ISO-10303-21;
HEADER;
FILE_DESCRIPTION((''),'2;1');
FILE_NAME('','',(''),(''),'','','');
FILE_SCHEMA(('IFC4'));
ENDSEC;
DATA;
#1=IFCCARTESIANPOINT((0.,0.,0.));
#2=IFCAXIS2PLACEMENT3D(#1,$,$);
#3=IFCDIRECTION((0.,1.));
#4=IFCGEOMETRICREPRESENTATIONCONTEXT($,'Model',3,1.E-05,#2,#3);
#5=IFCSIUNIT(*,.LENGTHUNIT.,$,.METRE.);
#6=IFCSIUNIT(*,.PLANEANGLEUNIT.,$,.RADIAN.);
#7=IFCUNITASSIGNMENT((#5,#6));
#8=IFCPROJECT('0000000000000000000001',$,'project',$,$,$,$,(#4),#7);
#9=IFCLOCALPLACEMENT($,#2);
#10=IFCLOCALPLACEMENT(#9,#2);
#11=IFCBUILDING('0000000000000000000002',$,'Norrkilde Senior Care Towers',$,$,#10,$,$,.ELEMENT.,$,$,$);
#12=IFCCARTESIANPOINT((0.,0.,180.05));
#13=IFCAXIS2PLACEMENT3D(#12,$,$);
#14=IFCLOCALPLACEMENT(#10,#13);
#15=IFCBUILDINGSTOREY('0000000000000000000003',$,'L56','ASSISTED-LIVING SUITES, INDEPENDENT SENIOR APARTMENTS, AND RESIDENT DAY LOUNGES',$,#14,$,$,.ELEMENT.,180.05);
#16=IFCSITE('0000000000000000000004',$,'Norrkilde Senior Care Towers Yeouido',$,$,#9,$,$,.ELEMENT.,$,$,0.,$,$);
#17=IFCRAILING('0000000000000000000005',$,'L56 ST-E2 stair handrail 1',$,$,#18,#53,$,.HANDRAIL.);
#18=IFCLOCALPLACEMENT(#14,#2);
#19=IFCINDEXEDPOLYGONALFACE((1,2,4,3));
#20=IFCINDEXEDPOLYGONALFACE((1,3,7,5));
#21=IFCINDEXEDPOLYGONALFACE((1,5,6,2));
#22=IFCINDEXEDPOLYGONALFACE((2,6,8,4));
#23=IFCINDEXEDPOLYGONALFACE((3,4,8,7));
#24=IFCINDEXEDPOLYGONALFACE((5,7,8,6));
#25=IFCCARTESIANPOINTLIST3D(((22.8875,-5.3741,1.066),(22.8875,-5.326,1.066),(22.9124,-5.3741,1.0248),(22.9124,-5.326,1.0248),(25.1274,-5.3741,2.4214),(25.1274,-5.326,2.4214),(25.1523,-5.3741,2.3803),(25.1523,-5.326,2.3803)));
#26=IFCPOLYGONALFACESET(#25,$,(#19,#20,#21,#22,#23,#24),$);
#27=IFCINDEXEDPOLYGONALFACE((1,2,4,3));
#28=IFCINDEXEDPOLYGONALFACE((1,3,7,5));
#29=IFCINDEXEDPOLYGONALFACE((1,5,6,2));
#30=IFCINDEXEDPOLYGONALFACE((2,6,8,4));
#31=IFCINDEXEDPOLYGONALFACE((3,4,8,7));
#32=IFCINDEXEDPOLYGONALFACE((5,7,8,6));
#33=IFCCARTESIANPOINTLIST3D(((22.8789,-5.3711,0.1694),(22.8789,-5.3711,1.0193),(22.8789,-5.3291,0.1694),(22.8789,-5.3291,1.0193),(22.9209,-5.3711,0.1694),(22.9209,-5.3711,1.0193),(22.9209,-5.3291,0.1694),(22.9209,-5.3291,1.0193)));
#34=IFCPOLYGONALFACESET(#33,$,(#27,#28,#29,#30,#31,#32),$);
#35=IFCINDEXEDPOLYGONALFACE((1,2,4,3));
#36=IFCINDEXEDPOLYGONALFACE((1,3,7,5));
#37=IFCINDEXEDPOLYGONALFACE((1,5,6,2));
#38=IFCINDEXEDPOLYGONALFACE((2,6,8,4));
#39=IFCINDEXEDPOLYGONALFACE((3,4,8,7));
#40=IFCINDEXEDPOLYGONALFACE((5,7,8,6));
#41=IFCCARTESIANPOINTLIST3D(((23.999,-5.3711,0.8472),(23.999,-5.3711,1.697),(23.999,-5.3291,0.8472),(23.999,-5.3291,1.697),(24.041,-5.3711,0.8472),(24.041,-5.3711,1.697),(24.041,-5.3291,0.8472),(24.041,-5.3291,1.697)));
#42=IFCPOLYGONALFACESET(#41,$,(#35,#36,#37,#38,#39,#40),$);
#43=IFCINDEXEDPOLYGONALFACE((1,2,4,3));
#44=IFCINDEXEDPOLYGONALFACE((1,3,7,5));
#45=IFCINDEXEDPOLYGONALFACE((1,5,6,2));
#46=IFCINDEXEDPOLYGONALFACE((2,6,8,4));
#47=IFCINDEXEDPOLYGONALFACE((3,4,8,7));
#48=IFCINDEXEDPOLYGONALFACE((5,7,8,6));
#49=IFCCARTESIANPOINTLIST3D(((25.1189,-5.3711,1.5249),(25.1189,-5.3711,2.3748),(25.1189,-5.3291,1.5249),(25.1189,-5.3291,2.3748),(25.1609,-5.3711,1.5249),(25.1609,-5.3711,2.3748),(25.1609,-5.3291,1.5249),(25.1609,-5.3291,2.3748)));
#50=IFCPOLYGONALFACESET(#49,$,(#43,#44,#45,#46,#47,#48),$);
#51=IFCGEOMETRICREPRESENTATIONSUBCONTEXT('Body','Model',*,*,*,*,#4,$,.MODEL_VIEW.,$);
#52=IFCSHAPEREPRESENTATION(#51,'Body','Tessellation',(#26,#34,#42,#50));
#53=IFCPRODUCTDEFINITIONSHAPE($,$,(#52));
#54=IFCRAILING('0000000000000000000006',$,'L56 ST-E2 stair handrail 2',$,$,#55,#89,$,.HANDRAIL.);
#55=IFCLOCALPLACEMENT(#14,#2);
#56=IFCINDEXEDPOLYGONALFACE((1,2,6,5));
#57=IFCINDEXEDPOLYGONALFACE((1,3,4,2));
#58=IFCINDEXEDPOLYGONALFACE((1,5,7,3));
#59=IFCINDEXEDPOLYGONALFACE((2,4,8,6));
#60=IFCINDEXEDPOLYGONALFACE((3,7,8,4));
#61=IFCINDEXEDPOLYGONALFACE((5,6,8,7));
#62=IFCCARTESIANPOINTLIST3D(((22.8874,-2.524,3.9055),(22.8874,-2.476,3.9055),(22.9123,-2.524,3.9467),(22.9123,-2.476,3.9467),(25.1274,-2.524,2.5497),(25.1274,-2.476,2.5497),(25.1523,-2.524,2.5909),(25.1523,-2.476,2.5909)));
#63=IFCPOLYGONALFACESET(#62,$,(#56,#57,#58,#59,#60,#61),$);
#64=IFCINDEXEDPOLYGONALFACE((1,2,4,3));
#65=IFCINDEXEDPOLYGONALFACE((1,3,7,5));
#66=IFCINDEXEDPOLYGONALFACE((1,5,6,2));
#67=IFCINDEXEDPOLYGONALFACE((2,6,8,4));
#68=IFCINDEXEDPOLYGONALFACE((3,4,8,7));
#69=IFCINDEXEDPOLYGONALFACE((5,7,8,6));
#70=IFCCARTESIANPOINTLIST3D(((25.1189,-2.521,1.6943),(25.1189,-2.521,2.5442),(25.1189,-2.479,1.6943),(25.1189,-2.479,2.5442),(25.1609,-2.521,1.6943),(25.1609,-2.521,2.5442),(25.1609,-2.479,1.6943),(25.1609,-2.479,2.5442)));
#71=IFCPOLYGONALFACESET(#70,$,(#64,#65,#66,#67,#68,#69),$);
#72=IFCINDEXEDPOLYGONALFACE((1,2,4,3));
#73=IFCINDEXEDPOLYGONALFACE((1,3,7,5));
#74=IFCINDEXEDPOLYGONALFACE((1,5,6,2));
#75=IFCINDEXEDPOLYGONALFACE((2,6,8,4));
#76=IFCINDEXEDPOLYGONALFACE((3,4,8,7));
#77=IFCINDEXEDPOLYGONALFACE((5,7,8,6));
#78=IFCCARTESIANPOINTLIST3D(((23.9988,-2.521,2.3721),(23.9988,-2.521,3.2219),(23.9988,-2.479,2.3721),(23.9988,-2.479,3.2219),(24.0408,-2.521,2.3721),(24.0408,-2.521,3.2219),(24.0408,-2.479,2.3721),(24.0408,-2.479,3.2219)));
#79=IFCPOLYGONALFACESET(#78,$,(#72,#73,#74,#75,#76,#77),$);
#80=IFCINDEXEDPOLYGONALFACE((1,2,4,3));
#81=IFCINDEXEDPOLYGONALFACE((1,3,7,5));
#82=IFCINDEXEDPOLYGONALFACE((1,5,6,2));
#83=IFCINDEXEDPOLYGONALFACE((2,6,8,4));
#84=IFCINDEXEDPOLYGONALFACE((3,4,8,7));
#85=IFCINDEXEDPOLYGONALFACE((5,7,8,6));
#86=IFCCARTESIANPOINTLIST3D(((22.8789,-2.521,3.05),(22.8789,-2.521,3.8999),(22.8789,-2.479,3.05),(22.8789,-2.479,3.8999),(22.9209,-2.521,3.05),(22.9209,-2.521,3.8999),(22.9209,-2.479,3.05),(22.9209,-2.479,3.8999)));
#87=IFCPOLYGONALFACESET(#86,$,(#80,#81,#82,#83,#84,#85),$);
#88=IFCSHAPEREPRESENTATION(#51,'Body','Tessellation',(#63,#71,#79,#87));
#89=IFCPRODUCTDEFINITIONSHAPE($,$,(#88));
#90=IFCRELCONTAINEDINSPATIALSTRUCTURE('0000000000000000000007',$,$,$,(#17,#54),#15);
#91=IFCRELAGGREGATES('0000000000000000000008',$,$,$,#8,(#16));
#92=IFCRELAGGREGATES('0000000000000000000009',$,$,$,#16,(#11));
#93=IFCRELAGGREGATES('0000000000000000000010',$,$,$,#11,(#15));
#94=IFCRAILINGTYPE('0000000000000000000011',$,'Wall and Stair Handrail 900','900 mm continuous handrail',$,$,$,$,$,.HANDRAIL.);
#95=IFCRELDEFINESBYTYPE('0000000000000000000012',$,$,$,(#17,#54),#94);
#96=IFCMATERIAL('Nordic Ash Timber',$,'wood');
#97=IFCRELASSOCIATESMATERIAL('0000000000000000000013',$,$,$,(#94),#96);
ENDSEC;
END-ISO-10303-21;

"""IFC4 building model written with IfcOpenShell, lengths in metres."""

from ifc_helpers import new_model, si_unit, direction, frame, origin, origin_2d, place, context, subcontext, project, spatial, rectangle, extrude, material, type_object, element, save


model = new_model("IFC4")

# Units and contexts
model_context = context("Model", 3, precision=1e-05, world=origin(), true_north=direction((0.0, 1.0)))
body_context = subcontext(model_context, "Body", "Model", "MODEL_VIEW")
ifc_project = project(units=[si_unit("LENGTHUNIT", "METRE"), si_unit("PLANEANGLEUNIT", "RADIAN")], contexts=[model_context])

# Site, building, storey
site_placement = place(None, origin())
site = spatial("IfcSite", under=ifc_project, at=site_placement, Name="Norrkilde Senior Care Towers Yeouido", CompositionType="ELEMENT", RefElevation=0.0)
building_placement = place(site_placement, origin())
building = spatial("IfcBuilding", under=site, at=building_placement, Name="Norrkilde Senior Care Towers", CompositionType="ELEMENT")
storey_placement = place(building_placement, frame((0.0, 0.0, 180.05)))
storey = spatial("IfcBuildingStorey", under=building, at=storey_placement, Name="L56", Description="ASSISTED-LIVING SUITES, INDEPENDENT SENIOR APARTMENTS, AND RESIDENT DAY LOUNGES", CompositionType="ELEMENT", Elevation=180.05)

# Shared definitions
ifc_material_1 = material(Name="Nordic Ash Timber", Category="wood")

# Railings
railing_type_1 = type_object("IfcRailingType", Name="Wall and Stair Handrail 900", Description="900 mm continuous handrail", PredefinedType="HANDRAIL", material=ifc_material_1)
railing_1_placement = place(storey_placement, frame((22.8999, -5.3501, 0.1694)))
element("IfcRailing", 1, at=railing_1_placement, inside=storey, type_object=railing_type_1, Name="L56 ST-E2 stair handrail 1", PredefinedType="HANDRAIL", context=body_context, shape_type="SweptSolid", body=[
    extrude(rectangle(XDim=0.0481, YDim=0.0481, at=origin_2d()), frame((0.0, 0.0, 0.876), z_axis=(0.855553, 0.0, 0.517715), x_axis=(0.0, 1.0, 0.0)), (0.0, 0.0, 1.0), 2.6182),
    extrude(rectangle(XDim=0.042, YDim=0.042, at=origin_2d()), origin(), (0.0, 0.0, 1.0), 0.8499),
    extrude(rectangle(XDim=0.042, YDim=0.042, at=origin_2d()), frame((1.1201, 0.0, 0.6777)), (0.0, 0.0, 1.0), 0.8499),
    extrude(rectangle(XDim=0.042, YDim=0.042, at=origin_2d()), frame((2.24, 0.0, 1.3555)), (0.0, 0.0, 1.0), 0.8499),
])
railing_2_placement = place(storey_placement, frame((25.1399, -2.5, 1.6943)))
element("IfcRailing", 2, at=railing_2_placement, inside=storey, type_object=railing_type_1, Name="L56 ST-E2 stair handrail 2", PredefinedType="HANDRAIL", context=body_context, shape_type="SweptSolid", body=[
    extrude(rectangle(XDim=0.0481, YDim=0.0481, at=origin_2d()), frame((0.0, 0.0, 0.876), z_axis=(-0.855512, 0.0, 0.517783), x_axis=(0.0, -1.0, 0.0)), (0.0, 0.0, 1.0), 2.6184),
    extrude(rectangle(XDim=0.042, YDim=0.042, at=origin_2d()), origin(), (0.0, 0.0, 1.0), 0.8499),
    extrude(rectangle(XDim=0.042, YDim=0.042, at=origin_2d()), frame((-1.1201, 0.0, 0.6777)), (0.0, 0.0, 1.0), 0.8499),
    extrude(rectangle(XDim=0.042, YDim=0.042, at=origin_2d()), frame((-2.24, 0.0, 1.3557)), (0.0, 0.0, 1.0), 0.8499),
])

save(model, "model.ifc")
